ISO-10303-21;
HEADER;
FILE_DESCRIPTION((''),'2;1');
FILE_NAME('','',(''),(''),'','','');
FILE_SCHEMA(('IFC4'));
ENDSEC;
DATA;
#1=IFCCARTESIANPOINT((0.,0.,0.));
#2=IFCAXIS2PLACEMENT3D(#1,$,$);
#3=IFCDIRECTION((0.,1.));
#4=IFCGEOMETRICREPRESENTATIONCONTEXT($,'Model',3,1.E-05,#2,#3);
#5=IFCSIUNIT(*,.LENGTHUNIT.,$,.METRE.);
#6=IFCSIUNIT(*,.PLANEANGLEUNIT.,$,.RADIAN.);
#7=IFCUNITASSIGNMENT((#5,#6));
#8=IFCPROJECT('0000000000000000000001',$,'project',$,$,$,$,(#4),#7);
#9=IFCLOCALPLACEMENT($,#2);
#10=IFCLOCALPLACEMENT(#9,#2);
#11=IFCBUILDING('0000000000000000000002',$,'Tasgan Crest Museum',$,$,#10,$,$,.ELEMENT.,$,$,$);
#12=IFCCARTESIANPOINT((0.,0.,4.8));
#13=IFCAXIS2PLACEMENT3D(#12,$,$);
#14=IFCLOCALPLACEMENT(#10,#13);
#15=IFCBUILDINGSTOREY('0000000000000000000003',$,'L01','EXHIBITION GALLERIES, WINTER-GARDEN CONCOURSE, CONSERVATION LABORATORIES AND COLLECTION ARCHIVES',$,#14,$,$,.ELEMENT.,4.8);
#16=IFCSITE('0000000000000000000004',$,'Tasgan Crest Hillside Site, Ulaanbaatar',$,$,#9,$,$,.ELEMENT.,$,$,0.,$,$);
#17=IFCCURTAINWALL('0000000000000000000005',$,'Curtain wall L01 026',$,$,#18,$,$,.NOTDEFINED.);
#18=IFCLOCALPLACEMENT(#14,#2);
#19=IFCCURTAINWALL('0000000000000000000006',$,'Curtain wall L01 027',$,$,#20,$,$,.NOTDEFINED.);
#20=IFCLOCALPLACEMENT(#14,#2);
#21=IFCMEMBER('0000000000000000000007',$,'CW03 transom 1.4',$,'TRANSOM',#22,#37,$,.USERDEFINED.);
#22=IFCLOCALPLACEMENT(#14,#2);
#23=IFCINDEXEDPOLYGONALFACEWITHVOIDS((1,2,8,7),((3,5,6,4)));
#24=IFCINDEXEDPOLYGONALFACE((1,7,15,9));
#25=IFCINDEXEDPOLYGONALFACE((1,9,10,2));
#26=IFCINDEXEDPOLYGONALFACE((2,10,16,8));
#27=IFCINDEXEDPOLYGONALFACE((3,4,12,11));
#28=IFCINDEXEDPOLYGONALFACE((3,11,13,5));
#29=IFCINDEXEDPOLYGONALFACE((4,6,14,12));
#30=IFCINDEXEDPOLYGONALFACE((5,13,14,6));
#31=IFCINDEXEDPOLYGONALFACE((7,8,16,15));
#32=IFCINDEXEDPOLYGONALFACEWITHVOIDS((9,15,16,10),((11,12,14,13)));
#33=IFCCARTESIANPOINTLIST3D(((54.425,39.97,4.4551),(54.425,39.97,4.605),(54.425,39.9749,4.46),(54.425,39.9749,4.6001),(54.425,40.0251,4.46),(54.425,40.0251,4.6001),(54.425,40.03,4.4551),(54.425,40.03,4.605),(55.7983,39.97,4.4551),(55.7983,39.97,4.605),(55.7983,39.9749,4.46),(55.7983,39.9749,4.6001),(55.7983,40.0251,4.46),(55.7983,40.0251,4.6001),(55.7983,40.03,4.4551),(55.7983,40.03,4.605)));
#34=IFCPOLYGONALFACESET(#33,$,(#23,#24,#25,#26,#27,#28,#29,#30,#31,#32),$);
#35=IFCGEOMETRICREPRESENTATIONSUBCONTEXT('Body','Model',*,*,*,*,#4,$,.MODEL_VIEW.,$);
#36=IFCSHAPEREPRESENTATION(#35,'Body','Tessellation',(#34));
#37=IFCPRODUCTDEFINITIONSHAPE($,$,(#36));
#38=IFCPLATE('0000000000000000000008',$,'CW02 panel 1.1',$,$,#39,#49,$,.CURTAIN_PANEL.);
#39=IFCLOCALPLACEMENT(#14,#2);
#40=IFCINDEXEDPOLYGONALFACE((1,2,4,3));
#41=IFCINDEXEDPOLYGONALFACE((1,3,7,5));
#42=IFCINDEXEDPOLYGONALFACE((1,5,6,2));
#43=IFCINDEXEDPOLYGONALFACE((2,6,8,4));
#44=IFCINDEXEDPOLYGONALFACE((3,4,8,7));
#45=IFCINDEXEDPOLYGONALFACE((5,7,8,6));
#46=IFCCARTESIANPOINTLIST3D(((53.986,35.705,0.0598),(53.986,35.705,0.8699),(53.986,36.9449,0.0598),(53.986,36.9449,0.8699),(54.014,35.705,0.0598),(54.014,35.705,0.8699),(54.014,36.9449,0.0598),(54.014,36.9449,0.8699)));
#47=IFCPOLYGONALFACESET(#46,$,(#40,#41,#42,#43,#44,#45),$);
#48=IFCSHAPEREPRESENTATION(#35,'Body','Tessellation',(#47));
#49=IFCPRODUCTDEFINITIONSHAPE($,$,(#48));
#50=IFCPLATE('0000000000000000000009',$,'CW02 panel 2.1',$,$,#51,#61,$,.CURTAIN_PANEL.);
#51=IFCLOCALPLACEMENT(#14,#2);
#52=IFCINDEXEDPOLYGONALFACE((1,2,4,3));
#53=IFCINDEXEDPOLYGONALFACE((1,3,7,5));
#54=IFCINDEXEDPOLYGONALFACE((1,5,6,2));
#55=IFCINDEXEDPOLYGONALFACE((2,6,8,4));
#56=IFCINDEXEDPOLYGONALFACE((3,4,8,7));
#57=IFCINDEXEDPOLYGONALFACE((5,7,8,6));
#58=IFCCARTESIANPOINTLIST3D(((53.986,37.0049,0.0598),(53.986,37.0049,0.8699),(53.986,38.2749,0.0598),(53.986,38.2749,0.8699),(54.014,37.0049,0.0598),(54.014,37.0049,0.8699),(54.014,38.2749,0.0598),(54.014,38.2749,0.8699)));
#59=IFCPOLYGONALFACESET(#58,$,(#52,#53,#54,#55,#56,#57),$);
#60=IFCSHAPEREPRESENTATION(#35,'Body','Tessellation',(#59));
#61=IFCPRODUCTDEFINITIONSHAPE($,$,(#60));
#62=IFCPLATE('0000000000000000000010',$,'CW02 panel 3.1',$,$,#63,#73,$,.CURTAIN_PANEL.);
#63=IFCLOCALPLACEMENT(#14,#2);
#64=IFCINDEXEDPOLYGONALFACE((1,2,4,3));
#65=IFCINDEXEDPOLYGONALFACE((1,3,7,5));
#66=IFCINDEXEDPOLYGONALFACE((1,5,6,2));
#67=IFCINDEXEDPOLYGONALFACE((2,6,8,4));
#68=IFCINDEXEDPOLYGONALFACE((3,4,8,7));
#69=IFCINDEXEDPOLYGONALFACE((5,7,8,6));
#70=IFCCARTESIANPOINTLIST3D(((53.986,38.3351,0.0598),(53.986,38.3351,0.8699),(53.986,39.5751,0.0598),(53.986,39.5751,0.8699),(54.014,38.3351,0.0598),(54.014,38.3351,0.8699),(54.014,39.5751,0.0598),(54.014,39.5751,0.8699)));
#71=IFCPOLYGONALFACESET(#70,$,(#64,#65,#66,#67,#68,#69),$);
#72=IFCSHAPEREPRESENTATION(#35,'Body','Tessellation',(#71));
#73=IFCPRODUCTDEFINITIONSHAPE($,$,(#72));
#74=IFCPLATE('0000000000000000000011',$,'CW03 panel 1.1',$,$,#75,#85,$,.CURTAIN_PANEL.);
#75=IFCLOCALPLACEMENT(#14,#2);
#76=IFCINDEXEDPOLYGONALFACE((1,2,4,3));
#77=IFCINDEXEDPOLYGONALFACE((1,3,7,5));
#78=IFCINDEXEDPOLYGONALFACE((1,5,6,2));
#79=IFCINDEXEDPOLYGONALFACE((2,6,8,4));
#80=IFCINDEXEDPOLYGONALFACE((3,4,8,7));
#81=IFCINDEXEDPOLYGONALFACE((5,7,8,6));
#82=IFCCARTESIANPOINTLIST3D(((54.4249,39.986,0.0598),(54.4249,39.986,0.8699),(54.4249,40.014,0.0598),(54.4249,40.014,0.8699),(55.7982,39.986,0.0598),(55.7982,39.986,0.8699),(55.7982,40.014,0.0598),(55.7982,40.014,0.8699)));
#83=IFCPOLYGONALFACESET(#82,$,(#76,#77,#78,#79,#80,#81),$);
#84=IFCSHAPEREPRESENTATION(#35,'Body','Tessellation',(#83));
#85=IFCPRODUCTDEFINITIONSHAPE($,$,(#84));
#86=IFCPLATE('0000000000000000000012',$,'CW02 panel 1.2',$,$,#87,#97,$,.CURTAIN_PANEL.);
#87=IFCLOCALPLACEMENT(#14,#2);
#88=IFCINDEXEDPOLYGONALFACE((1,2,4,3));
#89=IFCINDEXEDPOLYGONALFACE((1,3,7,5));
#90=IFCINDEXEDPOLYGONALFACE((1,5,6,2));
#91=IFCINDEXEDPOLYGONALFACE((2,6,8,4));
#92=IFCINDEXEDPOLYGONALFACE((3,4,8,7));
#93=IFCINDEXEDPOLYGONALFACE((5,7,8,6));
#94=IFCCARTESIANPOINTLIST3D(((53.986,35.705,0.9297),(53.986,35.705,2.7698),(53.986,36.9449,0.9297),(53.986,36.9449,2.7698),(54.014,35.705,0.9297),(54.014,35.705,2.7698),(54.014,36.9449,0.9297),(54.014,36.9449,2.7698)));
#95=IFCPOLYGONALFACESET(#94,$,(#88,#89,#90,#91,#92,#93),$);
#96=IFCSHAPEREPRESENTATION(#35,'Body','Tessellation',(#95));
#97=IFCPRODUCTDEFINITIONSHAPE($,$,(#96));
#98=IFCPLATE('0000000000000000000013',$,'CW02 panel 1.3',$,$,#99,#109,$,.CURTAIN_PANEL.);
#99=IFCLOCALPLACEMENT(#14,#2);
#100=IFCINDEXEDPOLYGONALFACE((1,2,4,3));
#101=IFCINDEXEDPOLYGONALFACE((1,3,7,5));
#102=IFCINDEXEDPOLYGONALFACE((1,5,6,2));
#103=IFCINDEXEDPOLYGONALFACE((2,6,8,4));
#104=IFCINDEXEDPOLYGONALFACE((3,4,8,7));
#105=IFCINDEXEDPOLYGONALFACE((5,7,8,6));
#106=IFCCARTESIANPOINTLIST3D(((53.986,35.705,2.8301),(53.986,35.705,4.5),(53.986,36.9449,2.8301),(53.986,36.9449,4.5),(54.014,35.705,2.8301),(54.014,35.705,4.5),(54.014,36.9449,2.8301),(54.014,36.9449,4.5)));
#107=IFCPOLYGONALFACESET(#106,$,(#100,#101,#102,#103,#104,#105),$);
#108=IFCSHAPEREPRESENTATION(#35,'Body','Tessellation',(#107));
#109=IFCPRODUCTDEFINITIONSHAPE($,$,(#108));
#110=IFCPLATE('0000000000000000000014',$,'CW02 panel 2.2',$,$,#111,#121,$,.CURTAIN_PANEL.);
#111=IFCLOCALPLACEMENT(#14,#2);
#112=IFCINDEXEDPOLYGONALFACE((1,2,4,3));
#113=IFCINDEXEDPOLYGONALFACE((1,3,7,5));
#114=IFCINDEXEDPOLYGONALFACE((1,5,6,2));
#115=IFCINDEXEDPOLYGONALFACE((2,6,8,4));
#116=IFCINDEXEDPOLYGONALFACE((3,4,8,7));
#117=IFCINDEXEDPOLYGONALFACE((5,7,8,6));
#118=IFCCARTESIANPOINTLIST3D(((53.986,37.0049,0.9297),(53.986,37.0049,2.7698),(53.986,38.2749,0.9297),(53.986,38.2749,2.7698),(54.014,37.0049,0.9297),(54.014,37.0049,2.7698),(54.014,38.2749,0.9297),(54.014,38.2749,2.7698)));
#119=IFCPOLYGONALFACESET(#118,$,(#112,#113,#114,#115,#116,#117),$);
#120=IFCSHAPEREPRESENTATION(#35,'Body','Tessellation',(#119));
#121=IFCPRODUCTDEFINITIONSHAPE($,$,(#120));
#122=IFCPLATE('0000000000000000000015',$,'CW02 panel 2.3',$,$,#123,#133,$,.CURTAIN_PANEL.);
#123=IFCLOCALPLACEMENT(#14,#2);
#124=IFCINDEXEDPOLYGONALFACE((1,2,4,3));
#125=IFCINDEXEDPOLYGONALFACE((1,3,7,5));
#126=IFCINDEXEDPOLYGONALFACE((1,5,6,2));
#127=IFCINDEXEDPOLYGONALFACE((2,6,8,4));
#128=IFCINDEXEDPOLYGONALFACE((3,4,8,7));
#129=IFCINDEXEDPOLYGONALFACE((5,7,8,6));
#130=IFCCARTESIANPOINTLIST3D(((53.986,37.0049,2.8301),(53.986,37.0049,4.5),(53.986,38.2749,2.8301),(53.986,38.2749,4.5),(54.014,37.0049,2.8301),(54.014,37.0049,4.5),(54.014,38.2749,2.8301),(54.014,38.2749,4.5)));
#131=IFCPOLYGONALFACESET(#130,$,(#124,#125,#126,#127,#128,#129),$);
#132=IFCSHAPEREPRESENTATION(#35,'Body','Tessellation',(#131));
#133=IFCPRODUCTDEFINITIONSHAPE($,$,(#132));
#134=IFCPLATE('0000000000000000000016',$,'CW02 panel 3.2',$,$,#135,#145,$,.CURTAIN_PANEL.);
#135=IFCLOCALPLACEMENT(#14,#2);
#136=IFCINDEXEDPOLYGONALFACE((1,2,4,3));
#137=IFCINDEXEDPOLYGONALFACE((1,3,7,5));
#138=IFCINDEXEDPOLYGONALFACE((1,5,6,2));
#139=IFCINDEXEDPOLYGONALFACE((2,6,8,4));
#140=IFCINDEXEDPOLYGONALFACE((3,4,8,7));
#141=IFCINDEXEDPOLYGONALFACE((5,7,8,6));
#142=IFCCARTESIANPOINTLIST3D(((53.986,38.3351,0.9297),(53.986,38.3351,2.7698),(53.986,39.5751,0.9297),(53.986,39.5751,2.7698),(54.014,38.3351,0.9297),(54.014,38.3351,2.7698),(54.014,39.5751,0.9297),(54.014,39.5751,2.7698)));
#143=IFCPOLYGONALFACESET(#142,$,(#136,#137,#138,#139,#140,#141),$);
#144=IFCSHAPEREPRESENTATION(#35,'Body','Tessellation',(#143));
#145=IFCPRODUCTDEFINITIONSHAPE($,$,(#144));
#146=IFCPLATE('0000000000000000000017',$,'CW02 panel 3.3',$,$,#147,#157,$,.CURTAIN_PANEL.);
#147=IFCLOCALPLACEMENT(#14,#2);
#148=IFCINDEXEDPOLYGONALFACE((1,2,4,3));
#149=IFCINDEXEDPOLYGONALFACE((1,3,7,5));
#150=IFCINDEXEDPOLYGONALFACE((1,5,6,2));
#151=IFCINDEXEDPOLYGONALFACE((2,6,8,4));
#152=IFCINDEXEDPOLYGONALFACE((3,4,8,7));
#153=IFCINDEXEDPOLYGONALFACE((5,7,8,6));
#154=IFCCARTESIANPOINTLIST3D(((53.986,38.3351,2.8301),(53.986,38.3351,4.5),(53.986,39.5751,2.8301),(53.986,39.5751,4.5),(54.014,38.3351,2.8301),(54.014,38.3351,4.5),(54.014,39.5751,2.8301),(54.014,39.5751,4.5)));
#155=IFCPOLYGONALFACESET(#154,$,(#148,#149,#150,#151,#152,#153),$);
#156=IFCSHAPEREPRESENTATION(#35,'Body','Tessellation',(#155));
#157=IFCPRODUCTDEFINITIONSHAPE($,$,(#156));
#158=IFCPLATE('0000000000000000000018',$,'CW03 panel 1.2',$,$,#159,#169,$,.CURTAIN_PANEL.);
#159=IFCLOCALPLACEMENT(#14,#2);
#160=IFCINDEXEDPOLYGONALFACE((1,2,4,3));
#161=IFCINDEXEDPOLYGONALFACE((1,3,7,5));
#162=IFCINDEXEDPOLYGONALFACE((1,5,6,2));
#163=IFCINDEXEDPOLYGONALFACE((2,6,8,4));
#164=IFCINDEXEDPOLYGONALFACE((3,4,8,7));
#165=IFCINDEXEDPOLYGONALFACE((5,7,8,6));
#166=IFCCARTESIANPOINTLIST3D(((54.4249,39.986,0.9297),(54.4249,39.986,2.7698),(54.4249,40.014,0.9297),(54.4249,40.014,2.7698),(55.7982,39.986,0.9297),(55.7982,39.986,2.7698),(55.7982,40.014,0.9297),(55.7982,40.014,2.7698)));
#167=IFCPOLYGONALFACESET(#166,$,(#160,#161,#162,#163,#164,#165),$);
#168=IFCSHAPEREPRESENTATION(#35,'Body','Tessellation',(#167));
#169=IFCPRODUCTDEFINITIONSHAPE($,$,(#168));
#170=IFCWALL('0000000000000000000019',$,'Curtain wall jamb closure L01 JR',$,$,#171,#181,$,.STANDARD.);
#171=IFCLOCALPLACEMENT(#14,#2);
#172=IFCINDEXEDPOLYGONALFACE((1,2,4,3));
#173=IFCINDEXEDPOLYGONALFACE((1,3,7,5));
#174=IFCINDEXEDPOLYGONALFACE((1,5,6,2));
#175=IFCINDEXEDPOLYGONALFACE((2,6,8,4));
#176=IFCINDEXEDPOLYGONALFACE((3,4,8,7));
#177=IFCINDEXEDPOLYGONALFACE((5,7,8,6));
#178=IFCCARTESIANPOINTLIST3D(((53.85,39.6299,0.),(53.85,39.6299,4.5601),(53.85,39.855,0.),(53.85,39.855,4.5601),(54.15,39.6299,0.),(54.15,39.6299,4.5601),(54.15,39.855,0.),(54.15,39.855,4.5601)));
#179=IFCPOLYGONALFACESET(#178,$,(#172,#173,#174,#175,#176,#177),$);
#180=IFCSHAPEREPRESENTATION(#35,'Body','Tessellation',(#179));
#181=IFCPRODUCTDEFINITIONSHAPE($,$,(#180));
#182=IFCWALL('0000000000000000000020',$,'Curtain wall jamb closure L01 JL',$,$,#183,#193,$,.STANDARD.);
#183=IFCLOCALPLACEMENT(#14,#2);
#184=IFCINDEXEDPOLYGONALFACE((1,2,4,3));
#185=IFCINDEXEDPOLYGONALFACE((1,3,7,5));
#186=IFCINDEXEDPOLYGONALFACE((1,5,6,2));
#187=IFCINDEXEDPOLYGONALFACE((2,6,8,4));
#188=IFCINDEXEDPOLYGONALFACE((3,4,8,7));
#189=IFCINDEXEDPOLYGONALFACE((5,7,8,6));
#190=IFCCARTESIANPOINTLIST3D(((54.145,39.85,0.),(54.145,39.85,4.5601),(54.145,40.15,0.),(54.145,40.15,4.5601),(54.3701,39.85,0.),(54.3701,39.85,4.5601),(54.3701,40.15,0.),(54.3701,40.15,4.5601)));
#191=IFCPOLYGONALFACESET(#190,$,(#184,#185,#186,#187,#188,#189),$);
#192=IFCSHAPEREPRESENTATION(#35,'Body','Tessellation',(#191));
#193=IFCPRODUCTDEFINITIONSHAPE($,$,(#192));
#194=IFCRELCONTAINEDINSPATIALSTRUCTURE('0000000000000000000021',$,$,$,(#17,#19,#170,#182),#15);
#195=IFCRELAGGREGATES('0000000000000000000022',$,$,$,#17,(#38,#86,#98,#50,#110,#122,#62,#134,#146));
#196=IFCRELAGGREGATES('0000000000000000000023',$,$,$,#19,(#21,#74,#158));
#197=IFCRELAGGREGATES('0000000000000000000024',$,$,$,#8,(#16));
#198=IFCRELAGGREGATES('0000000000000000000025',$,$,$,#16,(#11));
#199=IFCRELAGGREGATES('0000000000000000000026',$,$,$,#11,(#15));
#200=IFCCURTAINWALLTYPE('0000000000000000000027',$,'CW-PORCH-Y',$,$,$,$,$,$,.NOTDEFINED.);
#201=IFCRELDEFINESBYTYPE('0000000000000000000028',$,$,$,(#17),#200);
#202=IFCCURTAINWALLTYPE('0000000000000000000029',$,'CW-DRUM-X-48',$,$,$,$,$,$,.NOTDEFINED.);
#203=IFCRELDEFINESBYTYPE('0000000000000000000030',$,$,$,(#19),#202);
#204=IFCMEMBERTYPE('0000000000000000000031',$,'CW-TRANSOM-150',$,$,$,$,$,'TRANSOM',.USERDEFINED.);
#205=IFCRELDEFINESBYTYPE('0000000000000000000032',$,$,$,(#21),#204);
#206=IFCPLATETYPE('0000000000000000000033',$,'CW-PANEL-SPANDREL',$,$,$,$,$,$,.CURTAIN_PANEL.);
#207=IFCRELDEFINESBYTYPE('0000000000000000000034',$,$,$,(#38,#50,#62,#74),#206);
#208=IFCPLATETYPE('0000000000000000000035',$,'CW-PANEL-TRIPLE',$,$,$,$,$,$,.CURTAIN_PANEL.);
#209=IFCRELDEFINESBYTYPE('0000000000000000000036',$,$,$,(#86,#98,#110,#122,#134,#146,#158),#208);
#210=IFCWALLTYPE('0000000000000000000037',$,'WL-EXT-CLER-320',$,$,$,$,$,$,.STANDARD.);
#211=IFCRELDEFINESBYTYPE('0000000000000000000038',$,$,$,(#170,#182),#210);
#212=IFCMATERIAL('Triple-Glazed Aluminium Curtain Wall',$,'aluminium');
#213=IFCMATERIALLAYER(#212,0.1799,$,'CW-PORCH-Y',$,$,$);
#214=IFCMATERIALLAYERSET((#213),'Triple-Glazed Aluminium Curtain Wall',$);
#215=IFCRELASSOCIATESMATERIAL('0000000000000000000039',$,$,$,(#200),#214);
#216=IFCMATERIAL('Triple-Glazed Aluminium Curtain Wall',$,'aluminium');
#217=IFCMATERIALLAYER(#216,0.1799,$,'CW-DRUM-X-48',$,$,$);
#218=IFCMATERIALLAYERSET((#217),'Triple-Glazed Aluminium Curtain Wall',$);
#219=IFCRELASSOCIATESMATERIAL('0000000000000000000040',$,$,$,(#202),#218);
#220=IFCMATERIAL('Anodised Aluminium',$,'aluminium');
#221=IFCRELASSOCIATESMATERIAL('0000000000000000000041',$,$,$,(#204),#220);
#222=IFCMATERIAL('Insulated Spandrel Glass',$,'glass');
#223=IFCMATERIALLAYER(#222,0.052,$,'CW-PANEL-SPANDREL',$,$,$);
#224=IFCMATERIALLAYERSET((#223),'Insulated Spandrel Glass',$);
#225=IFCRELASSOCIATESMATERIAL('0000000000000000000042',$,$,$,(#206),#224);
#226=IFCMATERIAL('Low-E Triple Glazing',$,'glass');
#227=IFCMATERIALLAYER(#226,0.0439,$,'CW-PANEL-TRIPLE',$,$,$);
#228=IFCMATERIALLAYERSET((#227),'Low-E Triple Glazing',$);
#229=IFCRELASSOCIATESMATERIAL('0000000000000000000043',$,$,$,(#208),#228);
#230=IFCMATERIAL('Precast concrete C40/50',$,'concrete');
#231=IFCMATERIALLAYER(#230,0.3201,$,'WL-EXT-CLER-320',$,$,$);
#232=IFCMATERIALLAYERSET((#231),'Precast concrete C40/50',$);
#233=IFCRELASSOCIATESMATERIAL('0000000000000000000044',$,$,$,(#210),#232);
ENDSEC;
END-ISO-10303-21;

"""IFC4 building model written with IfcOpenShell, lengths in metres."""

from ifc_helpers import new_model, si_unit, direction, frame, frame_2d, origin, origin_2d, place, context, subcontext, project, spatial, rectangle, hollow_rectangle, extrude, material, layer, layer_set, material_profile, profile_set, type_object, element, aggregate, save


model = new_model("IFC4")

# Units and contexts
model_context = context("Model", 3, precision=1e-05, world=origin(), true_north=direction((0.0, 1.0)))
body_context = subcontext(model_context, "Body", "Model", "MODEL_VIEW")
ifc_project = project(units=[si_unit("LENGTHUNIT", "METRE"), si_unit("PLANEANGLEUNIT", "RADIAN")], contexts=[model_context])

# Site, building, storey
site_placement = place(None, origin())
site = spatial("IfcSite", under=ifc_project, at=site_placement, Name="Tasgan Crest Hillside Site, Ulaanbaatar", CompositionType="ELEMENT", RefElevation=0.0)
building_placement = place(site_placement, origin())
building = spatial("IfcBuilding", under=site, at=building_placement, Name="Tasgan Crest Museum", CompositionType="ELEMENT")
storey_placement = place(building_placement, frame((0.0, 0.0, 4.8)))
storey = spatial("IfcBuildingStorey", under=building, at=storey_placement, Name="L01", Description="EXHIBITION GALLERIES, WINTER-GARDEN CONCOURSE, CONSERVATION LABORATORIES AND COLLECTION ARCHIVES", CompositionType="ELEMENT", Elevation=4.8)

# Curtain wall
ifc_material_1 = material(Name="Triple-Glazed Aluminium Curtain Wall", Category="aluminium")
ifc_layer_1 = layer(ifc_material_1, 0.1799, Name="CW-PORCH-Y")
ifc_layer_set_1 = layer_set([ifc_layer_1], Name="Triple-Glazed Aluminium Curtain Wall")
curtain_wall_type_1 = type_object("IfcCurtainWallType", Name="CW-PORCH-Y", PredefinedType="NOTDEFINED", material=ifc_layer_set_1)
curtain_wall_1_placement = place(storey_placement, origin())
curtain_wall_1 = element("IfcCurtainWall", 1, at=curtain_wall_1_placement, inside=storey, type_object=curtain_wall_type_1, Name="Curtain wall L01 026", PredefinedType="NOTDEFINED")

# Curtain wall
ifc_material_2 = material(Name="Triple-Glazed Aluminium Curtain Wall", Category="aluminium")
ifc_layer_2 = layer(ifc_material_2, 0.1799, Name="CW-DRUM-X-48")
ifc_layer_set_2 = layer_set([ifc_layer_2], Name="Triple-Glazed Aluminium Curtain Wall")
curtain_wall_type_2 = type_object("IfcCurtainWallType", Name="CW-DRUM-X-48", PredefinedType="NOTDEFINED", material=ifc_layer_set_2)
curtain_wall_2_placement = place(storey_placement, origin())
curtain_wall_2 = element("IfcCurtainWall", 2, at=curtain_wall_2_placement, inside=storey, type_object=curtain_wall_type_2, Name="Curtain wall L01 027", PredefinedType="NOTDEFINED")

# Member
ifc_material_3 = material(Name="Anodised Aluminium", Category="aluminium")
ifc_material_profile_1 = material_profile(ifc_material_3, hollow_rectangle(XDim=0.0601, YDim=0.1499, WallThickness=0.0049, at=origin_2d()), Name="ALU TRANSOM 150x60x5")
ifc_profile_set_1 = profile_set([ifc_material_profile_1], Name="Anodised Aluminium")
member_type_1 = type_object("IfcMemberType", Name="CW-TRANSOM-150", ElementType="TRANSOM", PredefinedType="USERDEFINED", material=ifc_profile_set_1)
member_1_placement = place(storey_placement, frame((54.425, 40.0, 4.53), z_axis=(1.0, 0.0, 0.0), x_axis=(0.0, 1.0, 0.0)))
member_1 = element("IfcMember", 3, at=member_1_placement, type_object=member_type_1, Name="CW03 transom 1.4", ObjectType="TRANSOM", PredefinedType="USERDEFINED", context=body_context, shape_type="SweptSolid", body=[
    extrude(hollow_rectangle(XDim=0.0601, YDim=0.1499, WallThickness=0.0049, at=origin_2d()), origin(), (0.0, 0.0, 1.0), 1.3733),
])

# Plates
ifc_material_4 = material(Name="Insulated Spandrel Glass", Category="glass")
ifc_layer_3 = layer(ifc_material_4, 0.052, Name="CW-PANEL-SPANDREL")
ifc_layer_set_3 = layer_set([ifc_layer_3], Name="Insulated Spandrel Glass")
plate_type_1 = type_object("IfcPlateType", Name="CW-PANEL-SPANDREL", PredefinedType="CURTAIN_PANEL", material=ifc_layer_set_3)
plate_1_placement = place(storey_placement, frame((54.0, 36.325, 0.0598), z_axis=(0.0, 0.0, 1.0), x_axis=(0.0, 1.0, 0.0)))
plate_1 = element("IfcPlate", 4, at=plate_1_placement, type_object=plate_type_1, Name="CW02 panel 1.1", PredefinedType="CURTAIN_PANEL", context=body_context, shape_type="SweptSolid", body=[
    extrude(rectangle(XDim=1.24, YDim=0.0281, at=origin_2d()), origin(), (0.0, 0.0, 1.0), 0.8101),
])
plate_2_placement = place(storey_placement, frame((54.0, 37.6399, 0.0598), z_axis=(0.0, 0.0, 1.0), x_axis=(0.0, 1.0, 0.0)))
plate_2 = element("IfcPlate", 5, at=plate_2_placement, type_object=plate_type_1, Name="CW02 panel 2.1", PredefinedType="CURTAIN_PANEL", context=body_context, shape_type="SweptSolid", body=[
    extrude(rectangle(XDim=1.27, YDim=0.0281, at=origin_2d()), origin(), (0.0, 0.0, 1.0), 0.8101),
])
plate_3_placement = place(storey_placement, frame((54.0, 38.9551, 0.0598), z_axis=(0.0, 0.0, 1.0), x_axis=(0.0, 1.0, 0.0)))
plate_3 = element("IfcPlate", 6, at=plate_3_placement, type_object=plate_type_1, Name="CW02 panel 3.1", PredefinedType="CURTAIN_PANEL", context=body_context, shape_type="SweptSolid", body=[
    extrude(rectangle(XDim=1.24, YDim=0.0281, at=origin_2d()), origin(), (0.0, 0.0, 1.0), 0.8101),
])
plate_4_placement = place(storey_placement, frame((55.1116, 40.0, 0.0598), z_axis=(0.0, 0.0, 1.0), x_axis=(1.0, 0.0, 0.0)))
plate_4 = element("IfcPlate", 7, at=plate_4_placement, type_object=plate_type_1, Name="CW03 panel 1.1", PredefinedType="CURTAIN_PANEL", context=body_context, shape_type="SweptSolid", body=[
    extrude(rectangle(XDim=1.3733, YDim=0.0281, at=origin_2d()), origin(), (0.0, 0.0, 1.0), 0.8101),
])
ifc_material_5 = material(Name="Low-E Triple Glazing", Category="glass")
ifc_layer_4 = layer(ifc_material_5, 0.0439, Name="CW-PANEL-TRIPLE")
ifc_layer_set_4 = layer_set([ifc_layer_4], Name="Low-E Triple Glazing")
plate_type_2 = type_object("IfcPlateType", Name="CW-PANEL-TRIPLE", PredefinedType="CURTAIN_PANEL", material=ifc_layer_set_4)
plate_5_placement = place(storey_placement, frame((54.0, 36.325, 0.9297), z_axis=(0.0, 0.0, 1.0), x_axis=(0.0, 1.0, 0.0)))
plate_5 = element("IfcPlate", 8, at=plate_5_placement, type_object=plate_type_2, Name="CW02 panel 1.2", PredefinedType="CURTAIN_PANEL", context=body_context, shape_type="SweptSolid", body=[
    extrude(rectangle(XDim=1.24, YDim=0.0281, at=origin_2d()), origin(), (0.0, 0.0, 1.0), 1.8401),
])
plate_6_placement = place(storey_placement, frame((54.0, 36.325, 2.8301), z_axis=(0.0, 0.0, 1.0), x_axis=(0.0, 1.0, 0.0)))
plate_6 = element("IfcPlate", 9, at=plate_6_placement, type_object=plate_type_2, Name="CW02 panel 1.3", PredefinedType="CURTAIN_PANEL", context=body_context, shape_type="SweptSolid", body=[
    extrude(rectangle(XDim=1.24, YDim=0.0281, at=origin_2d()), origin(), (0.0, 0.0, 1.0), 1.6699),
])
plate_7_placement = place(storey_placement, frame((54.0, 37.6399, 0.9297), z_axis=(0.0, 0.0, 1.0), x_axis=(0.0, 1.0, 0.0)))
plate_7 = element("IfcPlate", 10, at=plate_7_placement, type_object=plate_type_2, Name="CW02 panel 2.2", PredefinedType="CURTAIN_PANEL", context=body_context, shape_type="SweptSolid", body=[
    extrude(rectangle(XDim=1.27, YDim=0.0281, at=origin_2d()), origin(), (0.0, 0.0, 1.0), 1.8401),
])
plate_8_placement = place(storey_placement, frame((54.0, 37.6399, 2.8301), z_axis=(0.0, 0.0, 1.0), x_axis=(0.0, 1.0, 0.0)))
plate_8 = element("IfcPlate", 11, at=plate_8_placement, type_object=plate_type_2, Name="CW02 panel 2.3", PredefinedType="CURTAIN_PANEL", context=body_context, shape_type="SweptSolid", body=[
    extrude(rectangle(XDim=1.27, YDim=0.0281, at=origin_2d()), origin(), (0.0, 0.0, 1.0), 1.6699),
])
plate_9_placement = place(storey_placement, frame((54.0, 38.9551, 0.9297), z_axis=(0.0, 0.0, 1.0), x_axis=(0.0, 1.0, 0.0)))
plate_9 = element("IfcPlate", 12, at=plate_9_placement, type_object=plate_type_2, Name="CW02 panel 3.2", PredefinedType="CURTAIN_PANEL", context=body_context, shape_type="SweptSolid", body=[
    extrude(rectangle(XDim=1.24, YDim=0.0281, at=origin_2d()), origin(), (0.0, 0.0, 1.0), 1.8401),
])
plate_10_placement = place(storey_placement, frame((54.0, 38.9551, 2.8301), z_axis=(0.0, 0.0, 1.0), x_axis=(0.0, 1.0, 0.0)))
plate_10 = element("IfcPlate", 13, at=plate_10_placement, type_object=plate_type_2, Name="CW02 panel 3.3", PredefinedType="CURTAIN_PANEL", context=body_context, shape_type="SweptSolid", body=[
    extrude(rectangle(XDim=1.24, YDim=0.0281, at=origin_2d()), origin(), (0.0, 0.0, 1.0), 1.6699),
])
aggregate(curtain_wall_1, [plate_1, plate_5, plate_6, plate_2, plate_7, plate_8, plate_3, plate_9, plate_10])
plate_11_placement = place(storey_placement, frame((55.1116, 40.0, 0.9297), z_axis=(0.0, 0.0, 1.0), x_axis=(1.0, 0.0, 0.0)))
plate_11 = element("IfcPlate", 14, at=plate_11_placement, type_object=plate_type_2, Name="CW03 panel 1.2", PredefinedType="CURTAIN_PANEL", context=body_context, shape_type="SweptSolid", body=[
    extrude(rectangle(XDim=1.3733, YDim=0.0281, at=origin_2d()), origin(), (0.0, 0.0, 1.0), 1.8401),
])
aggregate(curtain_wall_2, [member_1, plate_4, plate_11])

# Walls
ifc_material_6 = material(Name="Precast concrete C40/50", Category="concrete")
ifc_layer_5 = layer(ifc_material_6, 0.3201, Name="WL-EXT-CLER-320")
ifc_layer_set_5 = layer_set([ifc_layer_5], Name="Precast concrete C40/50")
wall_type = type_object("IfcWallType", Name="WL-EXT-CLER-320", PredefinedType="STANDARD", material=ifc_layer_set_5)
for number, where, z_axis, x_axis, name in (
    (15, (54.0, 39.6299, 0.0), (0.0, 0.0, 1.0), (0.0, 1.0, 0.0), "Curtain wall jamb closure L01 JR"),
    (16, (54.145, 40.0, 0.0), (0.0, 0.0, 1.0), (1.0, 0.0, 0.0), "Curtain wall jamb closure L01 JL"),
):
    element("IfcWall", number, at=place(storey_placement, frame(where, z_axis=z_axis, x_axis=x_axis)), inside=storey, type_object=wall_type, Name=name, PredefinedType="STANDARD", context=body_context, shape_type="SweptSolid", body=[
        extrude(rectangle(XDim=0.2251, YDim=0.3, at=frame_2d((0.1125, 0.0))), origin(), (0.0, 0.0, 1.0), 4.5601),
    ])

save(model, "model.ifc")
